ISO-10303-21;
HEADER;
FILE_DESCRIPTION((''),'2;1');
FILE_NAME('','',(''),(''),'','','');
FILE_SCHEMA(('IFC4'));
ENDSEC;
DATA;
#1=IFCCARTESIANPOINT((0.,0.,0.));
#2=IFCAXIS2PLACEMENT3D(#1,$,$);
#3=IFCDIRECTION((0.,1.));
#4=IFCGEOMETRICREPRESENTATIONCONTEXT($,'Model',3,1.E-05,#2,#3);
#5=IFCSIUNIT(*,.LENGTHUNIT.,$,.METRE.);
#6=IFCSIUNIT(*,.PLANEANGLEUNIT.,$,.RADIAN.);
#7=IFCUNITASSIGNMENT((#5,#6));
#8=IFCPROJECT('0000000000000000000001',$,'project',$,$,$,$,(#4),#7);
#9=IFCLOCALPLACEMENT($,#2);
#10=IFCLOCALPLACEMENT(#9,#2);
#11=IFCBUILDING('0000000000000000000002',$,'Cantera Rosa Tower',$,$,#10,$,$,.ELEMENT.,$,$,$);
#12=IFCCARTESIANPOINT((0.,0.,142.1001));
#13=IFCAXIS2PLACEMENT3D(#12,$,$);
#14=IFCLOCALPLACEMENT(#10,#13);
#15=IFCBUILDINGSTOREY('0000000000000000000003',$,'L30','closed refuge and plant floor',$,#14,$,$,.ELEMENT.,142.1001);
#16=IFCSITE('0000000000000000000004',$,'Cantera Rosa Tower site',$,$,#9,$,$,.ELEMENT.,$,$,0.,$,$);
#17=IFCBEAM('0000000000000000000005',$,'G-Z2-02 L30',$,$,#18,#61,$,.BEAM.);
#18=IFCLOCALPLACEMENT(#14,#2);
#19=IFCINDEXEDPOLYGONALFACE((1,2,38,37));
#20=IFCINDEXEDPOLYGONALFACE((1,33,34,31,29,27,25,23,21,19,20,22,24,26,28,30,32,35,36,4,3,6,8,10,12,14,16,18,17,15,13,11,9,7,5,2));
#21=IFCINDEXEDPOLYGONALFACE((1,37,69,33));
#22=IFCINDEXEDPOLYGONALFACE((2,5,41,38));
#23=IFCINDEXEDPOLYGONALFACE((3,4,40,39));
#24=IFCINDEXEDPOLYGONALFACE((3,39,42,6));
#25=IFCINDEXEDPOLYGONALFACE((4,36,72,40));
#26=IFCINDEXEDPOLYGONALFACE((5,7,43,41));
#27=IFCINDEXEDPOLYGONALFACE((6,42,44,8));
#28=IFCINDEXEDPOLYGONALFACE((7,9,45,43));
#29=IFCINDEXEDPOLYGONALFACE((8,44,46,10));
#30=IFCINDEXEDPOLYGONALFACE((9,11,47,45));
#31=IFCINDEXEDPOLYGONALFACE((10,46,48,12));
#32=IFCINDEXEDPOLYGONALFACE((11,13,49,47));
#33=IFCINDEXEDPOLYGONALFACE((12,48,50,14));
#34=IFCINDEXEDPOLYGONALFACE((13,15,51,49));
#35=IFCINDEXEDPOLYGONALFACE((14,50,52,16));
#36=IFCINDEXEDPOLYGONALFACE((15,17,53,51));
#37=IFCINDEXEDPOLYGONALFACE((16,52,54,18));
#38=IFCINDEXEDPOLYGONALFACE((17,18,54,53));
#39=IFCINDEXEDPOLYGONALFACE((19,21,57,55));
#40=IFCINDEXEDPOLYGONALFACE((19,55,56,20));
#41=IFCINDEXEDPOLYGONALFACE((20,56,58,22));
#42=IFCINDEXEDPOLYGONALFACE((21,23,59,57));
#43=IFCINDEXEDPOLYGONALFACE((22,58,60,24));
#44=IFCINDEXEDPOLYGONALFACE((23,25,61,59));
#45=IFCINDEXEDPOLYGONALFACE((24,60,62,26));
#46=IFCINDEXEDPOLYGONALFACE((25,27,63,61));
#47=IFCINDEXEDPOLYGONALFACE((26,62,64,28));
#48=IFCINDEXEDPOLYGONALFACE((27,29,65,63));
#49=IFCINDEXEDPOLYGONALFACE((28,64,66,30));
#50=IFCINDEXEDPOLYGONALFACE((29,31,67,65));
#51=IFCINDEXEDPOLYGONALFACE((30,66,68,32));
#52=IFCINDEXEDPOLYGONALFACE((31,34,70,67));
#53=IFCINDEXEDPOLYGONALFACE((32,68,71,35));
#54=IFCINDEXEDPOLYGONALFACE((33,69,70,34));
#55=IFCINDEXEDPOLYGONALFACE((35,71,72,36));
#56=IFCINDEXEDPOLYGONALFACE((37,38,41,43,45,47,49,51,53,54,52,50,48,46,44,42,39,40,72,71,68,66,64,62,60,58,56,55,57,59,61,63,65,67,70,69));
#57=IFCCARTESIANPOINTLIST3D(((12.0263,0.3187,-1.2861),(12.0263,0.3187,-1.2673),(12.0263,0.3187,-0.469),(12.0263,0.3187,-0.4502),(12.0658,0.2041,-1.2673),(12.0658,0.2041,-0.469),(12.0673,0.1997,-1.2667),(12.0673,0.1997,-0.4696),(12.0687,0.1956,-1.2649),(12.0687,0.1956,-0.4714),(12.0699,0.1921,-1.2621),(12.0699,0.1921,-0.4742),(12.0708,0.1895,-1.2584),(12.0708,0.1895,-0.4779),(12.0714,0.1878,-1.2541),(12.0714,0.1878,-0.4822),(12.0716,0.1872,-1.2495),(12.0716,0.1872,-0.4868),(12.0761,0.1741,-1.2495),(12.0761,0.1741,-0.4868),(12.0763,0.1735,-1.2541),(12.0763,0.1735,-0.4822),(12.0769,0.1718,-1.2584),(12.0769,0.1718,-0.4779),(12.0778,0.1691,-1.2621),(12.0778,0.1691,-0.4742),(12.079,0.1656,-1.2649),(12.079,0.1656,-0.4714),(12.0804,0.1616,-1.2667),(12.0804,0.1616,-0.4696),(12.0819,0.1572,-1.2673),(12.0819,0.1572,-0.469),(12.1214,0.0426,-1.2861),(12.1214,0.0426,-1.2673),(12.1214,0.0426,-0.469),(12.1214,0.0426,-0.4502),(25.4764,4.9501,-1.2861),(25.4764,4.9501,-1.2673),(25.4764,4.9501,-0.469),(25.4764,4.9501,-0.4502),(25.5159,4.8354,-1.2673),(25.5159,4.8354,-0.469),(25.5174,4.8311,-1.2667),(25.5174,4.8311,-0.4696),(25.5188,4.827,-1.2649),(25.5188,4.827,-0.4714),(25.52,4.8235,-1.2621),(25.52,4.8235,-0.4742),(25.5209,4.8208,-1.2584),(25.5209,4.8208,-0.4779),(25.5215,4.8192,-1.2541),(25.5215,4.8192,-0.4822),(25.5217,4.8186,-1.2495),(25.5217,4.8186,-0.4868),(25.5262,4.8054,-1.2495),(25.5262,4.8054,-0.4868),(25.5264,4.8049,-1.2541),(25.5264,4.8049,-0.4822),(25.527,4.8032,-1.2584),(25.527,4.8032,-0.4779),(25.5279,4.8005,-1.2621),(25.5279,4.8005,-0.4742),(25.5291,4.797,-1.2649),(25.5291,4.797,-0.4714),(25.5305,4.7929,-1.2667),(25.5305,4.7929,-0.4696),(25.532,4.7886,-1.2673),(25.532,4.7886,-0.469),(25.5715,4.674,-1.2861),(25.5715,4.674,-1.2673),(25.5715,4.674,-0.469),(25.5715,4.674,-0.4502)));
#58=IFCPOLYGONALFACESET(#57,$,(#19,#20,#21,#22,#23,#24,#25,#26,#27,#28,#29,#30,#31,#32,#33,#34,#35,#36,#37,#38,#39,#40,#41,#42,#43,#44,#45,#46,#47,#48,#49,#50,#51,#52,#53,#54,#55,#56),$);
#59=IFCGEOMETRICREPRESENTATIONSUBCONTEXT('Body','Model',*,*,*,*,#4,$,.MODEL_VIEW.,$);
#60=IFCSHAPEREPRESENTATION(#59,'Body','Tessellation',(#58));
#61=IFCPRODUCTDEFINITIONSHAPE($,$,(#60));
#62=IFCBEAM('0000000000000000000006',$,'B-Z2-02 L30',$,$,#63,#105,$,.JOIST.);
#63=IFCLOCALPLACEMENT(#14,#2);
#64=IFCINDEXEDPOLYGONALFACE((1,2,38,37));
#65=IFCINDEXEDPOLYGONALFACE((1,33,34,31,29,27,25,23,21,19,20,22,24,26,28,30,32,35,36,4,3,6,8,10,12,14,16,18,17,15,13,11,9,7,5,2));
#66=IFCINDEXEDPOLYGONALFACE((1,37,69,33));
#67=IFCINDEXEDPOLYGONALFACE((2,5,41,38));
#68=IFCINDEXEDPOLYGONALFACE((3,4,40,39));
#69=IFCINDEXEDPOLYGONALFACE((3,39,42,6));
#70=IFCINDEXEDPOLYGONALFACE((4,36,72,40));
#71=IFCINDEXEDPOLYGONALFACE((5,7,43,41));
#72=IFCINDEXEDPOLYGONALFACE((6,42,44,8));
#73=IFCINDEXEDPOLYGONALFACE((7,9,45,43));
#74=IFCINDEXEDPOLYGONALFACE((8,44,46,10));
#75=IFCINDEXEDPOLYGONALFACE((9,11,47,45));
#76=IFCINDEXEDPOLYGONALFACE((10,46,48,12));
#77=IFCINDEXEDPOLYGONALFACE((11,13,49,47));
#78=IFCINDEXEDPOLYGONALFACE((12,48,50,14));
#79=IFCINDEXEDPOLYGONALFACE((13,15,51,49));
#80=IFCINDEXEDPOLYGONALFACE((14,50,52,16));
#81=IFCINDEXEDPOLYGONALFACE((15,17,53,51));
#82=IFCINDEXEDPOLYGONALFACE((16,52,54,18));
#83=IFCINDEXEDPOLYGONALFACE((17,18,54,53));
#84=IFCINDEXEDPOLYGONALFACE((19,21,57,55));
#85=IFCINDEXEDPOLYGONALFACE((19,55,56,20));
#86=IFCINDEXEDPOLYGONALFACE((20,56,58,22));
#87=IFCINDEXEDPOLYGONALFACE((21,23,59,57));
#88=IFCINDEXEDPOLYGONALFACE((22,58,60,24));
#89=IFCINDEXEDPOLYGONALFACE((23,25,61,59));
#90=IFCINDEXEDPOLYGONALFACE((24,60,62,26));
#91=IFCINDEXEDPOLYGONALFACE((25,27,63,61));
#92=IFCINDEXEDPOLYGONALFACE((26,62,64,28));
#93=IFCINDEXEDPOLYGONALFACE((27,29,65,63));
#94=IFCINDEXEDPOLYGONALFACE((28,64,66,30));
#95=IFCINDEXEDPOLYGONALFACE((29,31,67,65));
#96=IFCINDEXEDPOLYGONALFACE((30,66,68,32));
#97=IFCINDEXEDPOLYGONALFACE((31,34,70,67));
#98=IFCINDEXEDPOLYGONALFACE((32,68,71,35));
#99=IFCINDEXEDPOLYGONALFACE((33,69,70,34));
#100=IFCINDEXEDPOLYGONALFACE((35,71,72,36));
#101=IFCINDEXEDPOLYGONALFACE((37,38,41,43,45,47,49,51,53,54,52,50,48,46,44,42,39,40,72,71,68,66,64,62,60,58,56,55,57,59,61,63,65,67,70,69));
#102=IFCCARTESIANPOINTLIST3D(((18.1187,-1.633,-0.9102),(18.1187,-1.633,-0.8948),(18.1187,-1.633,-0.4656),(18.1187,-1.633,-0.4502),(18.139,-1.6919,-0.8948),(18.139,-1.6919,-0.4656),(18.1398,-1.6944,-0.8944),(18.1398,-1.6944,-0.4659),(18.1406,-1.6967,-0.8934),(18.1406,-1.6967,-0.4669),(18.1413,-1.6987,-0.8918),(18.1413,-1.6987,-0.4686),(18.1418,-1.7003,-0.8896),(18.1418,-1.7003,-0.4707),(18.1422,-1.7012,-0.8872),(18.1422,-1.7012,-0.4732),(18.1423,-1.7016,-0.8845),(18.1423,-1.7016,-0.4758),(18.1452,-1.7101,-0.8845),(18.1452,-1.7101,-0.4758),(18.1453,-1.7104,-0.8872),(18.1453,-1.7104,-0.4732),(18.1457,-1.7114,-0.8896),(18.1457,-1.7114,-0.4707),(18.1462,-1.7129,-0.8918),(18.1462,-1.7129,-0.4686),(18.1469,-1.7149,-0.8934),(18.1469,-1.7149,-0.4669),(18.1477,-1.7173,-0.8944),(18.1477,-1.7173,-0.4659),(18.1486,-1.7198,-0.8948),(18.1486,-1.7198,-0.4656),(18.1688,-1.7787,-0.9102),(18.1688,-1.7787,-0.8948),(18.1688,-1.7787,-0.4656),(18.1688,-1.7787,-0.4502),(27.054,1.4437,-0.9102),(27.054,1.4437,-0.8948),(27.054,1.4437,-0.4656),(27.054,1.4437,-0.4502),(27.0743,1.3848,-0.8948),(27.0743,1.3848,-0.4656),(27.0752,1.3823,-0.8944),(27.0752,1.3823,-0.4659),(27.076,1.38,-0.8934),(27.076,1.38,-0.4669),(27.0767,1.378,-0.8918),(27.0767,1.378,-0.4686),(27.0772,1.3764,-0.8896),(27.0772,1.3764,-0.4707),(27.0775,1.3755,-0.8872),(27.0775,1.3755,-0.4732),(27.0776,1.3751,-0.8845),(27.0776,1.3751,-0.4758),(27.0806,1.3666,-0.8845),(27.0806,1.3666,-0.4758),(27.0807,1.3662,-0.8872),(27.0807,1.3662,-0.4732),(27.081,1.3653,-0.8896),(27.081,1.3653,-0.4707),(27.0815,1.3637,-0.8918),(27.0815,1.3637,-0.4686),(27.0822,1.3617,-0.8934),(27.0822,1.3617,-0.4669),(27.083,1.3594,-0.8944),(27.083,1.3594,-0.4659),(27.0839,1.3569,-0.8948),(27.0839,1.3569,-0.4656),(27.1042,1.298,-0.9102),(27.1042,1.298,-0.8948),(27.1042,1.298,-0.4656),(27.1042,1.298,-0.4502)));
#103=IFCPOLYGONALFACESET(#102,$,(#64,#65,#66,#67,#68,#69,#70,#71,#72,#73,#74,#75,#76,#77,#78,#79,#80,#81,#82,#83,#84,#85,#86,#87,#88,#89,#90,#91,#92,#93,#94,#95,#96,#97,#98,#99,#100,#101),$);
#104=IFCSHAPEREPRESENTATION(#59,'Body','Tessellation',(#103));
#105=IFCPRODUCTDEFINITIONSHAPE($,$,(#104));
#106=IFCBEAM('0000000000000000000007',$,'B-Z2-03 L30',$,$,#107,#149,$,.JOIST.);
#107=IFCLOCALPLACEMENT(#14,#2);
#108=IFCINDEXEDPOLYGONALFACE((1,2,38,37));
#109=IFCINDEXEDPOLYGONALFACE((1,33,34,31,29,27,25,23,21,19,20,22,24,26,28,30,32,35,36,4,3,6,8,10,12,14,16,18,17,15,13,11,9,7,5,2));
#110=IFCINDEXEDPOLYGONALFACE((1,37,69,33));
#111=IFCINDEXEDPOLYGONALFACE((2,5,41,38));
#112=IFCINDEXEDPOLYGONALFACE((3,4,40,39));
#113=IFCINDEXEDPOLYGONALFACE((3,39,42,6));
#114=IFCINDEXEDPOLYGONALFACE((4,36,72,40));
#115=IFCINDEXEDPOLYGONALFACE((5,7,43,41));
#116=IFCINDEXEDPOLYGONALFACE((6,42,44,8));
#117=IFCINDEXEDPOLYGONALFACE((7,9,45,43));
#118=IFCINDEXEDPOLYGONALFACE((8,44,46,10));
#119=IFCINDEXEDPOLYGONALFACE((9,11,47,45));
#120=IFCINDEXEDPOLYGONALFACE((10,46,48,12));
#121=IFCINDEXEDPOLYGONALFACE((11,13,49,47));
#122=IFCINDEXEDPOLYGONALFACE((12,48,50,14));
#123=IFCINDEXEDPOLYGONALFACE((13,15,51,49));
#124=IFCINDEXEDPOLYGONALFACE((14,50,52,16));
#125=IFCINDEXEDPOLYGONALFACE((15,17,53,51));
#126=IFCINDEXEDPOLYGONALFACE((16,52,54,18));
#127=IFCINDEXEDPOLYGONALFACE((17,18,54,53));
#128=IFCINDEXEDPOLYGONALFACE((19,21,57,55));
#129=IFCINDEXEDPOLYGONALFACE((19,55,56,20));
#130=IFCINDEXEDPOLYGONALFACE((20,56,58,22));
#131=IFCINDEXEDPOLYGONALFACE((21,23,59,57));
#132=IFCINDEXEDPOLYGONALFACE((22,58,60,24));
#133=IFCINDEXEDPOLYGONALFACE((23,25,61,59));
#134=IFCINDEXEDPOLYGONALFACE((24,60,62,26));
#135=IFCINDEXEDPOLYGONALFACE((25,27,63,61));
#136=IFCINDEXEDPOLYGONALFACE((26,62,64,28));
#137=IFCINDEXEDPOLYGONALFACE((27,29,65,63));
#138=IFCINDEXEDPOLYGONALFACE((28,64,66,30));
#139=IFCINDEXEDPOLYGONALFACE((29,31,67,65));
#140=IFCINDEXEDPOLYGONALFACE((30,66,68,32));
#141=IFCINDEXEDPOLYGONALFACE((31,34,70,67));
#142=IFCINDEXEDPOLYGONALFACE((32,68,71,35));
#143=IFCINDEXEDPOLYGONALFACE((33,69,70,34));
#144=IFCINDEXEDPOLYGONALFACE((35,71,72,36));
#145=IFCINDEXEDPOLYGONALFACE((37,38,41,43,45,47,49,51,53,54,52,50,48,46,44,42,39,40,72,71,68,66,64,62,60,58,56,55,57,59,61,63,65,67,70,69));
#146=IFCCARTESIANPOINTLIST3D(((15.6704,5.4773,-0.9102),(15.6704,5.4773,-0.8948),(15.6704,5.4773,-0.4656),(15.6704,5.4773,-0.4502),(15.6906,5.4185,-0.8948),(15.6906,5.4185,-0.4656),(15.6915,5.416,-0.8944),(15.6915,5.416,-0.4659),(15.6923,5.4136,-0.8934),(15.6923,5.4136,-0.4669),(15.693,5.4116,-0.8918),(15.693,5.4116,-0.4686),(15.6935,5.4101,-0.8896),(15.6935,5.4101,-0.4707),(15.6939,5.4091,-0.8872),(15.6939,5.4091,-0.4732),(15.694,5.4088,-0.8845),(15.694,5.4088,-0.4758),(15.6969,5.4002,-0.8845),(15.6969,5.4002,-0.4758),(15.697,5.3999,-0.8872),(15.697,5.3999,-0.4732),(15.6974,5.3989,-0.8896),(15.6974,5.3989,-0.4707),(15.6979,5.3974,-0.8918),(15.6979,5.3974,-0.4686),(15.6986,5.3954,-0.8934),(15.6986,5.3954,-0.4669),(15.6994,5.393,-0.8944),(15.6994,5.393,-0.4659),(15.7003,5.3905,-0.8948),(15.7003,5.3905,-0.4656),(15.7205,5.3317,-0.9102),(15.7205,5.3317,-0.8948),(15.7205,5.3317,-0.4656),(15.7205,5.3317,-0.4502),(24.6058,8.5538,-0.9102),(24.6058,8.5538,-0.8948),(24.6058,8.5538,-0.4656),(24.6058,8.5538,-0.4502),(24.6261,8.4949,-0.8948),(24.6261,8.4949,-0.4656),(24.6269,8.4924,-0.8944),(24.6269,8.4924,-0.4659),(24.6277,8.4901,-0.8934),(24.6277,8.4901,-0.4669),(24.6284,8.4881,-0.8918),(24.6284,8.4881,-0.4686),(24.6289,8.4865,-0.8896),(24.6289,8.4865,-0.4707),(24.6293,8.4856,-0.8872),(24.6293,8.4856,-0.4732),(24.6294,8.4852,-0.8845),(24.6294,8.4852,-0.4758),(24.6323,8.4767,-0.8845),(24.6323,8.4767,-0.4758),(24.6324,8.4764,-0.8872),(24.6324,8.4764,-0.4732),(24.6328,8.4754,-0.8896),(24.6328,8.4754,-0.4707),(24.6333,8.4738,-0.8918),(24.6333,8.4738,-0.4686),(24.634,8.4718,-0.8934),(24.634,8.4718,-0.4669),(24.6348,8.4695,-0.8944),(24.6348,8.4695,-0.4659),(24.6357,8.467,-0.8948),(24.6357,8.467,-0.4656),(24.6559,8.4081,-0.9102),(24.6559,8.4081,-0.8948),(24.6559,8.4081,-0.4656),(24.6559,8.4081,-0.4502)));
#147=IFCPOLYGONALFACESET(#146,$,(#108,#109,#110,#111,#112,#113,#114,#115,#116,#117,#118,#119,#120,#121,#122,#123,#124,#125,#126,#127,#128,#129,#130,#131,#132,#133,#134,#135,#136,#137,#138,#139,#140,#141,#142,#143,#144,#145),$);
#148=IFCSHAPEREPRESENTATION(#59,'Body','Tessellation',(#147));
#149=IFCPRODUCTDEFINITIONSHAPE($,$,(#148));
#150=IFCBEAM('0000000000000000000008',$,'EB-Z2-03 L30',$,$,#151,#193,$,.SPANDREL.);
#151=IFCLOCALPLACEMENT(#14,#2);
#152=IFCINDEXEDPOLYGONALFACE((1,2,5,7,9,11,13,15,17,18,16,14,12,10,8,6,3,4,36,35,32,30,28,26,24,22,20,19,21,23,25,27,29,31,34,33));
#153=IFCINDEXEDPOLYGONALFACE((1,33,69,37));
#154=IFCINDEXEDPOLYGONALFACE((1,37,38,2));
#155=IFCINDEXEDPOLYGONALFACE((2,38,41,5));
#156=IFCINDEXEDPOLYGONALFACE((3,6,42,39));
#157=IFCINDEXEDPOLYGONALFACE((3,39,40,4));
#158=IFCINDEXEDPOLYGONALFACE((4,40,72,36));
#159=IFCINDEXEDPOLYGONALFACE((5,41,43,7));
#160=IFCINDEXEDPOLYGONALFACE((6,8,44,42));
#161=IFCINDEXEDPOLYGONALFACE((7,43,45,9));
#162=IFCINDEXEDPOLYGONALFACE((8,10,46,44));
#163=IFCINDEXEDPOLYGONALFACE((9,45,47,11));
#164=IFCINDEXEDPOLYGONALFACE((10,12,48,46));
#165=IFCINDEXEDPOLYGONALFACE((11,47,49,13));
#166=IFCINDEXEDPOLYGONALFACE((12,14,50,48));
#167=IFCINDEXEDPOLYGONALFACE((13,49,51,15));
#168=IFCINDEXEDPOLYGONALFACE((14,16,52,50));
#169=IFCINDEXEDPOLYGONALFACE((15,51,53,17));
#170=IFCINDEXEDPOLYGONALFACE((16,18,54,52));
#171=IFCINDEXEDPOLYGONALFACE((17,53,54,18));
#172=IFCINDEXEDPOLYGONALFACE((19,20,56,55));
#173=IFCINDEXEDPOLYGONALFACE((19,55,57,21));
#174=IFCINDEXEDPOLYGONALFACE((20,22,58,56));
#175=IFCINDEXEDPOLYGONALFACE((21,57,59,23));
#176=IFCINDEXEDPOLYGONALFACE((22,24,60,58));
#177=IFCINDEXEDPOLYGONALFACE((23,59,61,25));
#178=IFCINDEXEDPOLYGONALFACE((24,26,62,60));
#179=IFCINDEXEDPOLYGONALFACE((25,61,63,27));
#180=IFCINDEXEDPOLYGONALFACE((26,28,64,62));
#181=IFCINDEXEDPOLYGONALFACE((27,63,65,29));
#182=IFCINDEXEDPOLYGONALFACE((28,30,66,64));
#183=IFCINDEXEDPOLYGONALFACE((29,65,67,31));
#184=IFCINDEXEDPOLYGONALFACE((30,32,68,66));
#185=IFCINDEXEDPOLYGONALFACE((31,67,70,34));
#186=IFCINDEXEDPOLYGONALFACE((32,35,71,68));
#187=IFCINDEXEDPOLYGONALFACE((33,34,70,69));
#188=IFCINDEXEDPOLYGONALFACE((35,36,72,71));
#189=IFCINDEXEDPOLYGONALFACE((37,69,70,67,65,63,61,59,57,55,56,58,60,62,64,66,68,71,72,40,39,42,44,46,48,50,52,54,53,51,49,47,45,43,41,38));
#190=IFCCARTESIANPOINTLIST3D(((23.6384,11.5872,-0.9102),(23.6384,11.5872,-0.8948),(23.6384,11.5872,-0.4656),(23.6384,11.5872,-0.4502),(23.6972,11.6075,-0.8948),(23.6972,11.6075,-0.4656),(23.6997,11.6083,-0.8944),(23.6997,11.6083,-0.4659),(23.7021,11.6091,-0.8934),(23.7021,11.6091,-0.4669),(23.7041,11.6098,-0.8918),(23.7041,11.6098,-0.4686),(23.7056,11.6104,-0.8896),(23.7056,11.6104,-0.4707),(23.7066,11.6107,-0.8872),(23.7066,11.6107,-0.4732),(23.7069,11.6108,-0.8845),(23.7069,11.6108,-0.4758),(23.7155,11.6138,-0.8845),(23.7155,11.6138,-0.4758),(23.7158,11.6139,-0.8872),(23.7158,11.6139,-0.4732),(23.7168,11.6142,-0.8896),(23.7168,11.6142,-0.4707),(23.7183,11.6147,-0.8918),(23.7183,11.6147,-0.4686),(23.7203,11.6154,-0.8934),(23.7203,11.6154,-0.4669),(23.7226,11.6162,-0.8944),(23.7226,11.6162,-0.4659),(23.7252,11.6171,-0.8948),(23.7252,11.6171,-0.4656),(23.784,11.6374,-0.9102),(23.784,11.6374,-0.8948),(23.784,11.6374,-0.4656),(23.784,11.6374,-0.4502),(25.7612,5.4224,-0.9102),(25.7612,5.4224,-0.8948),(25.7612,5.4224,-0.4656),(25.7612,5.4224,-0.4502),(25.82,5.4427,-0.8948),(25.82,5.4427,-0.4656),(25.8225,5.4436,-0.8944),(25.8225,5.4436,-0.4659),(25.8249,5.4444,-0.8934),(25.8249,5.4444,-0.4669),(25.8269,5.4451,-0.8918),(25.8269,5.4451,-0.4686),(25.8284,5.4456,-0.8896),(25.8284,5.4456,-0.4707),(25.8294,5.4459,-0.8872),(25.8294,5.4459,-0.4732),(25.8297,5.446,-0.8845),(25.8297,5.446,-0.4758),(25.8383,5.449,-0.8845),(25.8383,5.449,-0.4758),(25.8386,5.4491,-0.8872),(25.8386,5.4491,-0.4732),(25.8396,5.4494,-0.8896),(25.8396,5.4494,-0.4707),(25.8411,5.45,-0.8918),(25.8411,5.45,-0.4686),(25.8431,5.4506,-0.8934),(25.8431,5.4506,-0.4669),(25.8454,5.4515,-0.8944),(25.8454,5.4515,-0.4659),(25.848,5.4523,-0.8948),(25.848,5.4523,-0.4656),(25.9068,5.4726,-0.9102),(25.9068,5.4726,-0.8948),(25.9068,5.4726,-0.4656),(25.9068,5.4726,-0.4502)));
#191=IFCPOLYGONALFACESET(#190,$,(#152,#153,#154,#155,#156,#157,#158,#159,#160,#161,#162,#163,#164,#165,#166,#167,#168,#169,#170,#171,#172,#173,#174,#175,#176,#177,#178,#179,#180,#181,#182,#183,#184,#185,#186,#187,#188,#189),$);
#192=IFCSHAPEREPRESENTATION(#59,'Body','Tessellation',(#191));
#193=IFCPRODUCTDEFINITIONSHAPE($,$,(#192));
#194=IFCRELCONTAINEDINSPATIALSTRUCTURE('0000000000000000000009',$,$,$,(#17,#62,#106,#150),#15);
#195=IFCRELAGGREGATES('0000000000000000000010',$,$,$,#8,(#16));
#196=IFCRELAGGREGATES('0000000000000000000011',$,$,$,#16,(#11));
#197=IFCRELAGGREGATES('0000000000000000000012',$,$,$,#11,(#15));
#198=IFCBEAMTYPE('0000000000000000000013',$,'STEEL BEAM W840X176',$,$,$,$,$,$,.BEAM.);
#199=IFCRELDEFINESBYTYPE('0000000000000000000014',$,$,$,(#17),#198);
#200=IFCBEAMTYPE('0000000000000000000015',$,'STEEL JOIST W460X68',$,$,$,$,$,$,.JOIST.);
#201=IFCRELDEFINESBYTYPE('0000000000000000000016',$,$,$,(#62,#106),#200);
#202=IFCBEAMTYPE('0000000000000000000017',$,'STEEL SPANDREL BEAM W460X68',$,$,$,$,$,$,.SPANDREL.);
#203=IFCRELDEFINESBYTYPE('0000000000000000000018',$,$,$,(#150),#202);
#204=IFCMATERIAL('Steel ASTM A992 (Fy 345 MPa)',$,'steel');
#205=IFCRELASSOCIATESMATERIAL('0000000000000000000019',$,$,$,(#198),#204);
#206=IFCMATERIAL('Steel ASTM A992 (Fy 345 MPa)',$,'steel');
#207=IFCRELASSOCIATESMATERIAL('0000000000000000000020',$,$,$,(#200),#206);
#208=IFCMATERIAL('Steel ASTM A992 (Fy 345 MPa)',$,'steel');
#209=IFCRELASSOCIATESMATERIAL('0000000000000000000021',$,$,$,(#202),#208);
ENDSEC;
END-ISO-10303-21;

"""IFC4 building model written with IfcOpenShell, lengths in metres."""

from ifc_helpers import new_model, si_unit, direction, frame, origin, origin_2d, place, context, subcontext, project, spatial, i_section, extrude, material, material_profile, profile_set, type_object, element, save


model = new_model("IFC4")

# Units and contexts
model_context = context("Model", 3, precision=1e-05, world=origin(), true_north=direction((0.0, 1.0)))
body_context = subcontext(model_context, "Body", "Model", "MODEL_VIEW")
ifc_project = project(units=[si_unit("LENGTHUNIT", "METRE"), si_unit("PLANEANGLEUNIT", "RADIAN")], contexts=[model_context])

# Site, building, storey
site_placement = place(None, origin())
site = spatial("IfcSite", under=ifc_project, at=site_placement, Name="Cantera Rosa Tower site", CompositionType="ELEMENT", RefElevation=0.0)
building_placement = place(site_placement, origin())
building = spatial("IfcBuilding", under=site, at=building_placement, Name="Cantera Rosa Tower", CompositionType="ELEMENT")
storey_placement = place(building_placement, frame((0.0, 0.0, 142.1001)))
storey = spatial("IfcBuildingStorey", under=building, at=storey_placement, Name="L30", Description="closed refuge and plant floor", CompositionType="ELEMENT", Elevation=142.1001)

# Beams
ifc_material_1 = material(Name="Steel ASTM A992 (Fy 345 MPa)", Category="steel")
ifc_material_profile_1 = material_profile(ifc_material_1, i_section(OverallWidth=0.292, OverallDepth=0.8359, WebThickness=0.0139, FlangeThickness=0.0188, FilletRadius=0.0178, at=origin_2d()), Name="W840X176")
ifc_profile_set_1 = profile_set([ifc_material_profile_1], Name="Steel ASTM A992 (Fy 345 MPa)")
beam_type_1 = type_object("IfcBeamType", Name="STEEL BEAM W840X176", PredefinedType="BEAM", material=ifc_profile_set_1)
beam_1_placement = place(storey_placement, frame((25.5239, 4.812, -0.8682), z_axis=(-0.945515, -0.325578, 0.0), x_axis=(0.325578, -0.945515, 0.0)))
element("IfcBeam", 1, at=beam_1_placement, inside=storey, type_object=beam_type_1, Name="G-Z2-02 L30", PredefinedType="BEAM", context=body_context, shape_type="SweptSolid", body=[
    extrude(i_section(OverallWidth=0.292, OverallDepth=0.8359, WebThickness=0.0139, FlangeThickness=0.0188, FilletRadius=0.0178, at=origin_2d()), origin(), (0.0, 0.0, 1.0), 14.2251),
])
ifc_material_2 = material(Name="Steel ASTM A992 (Fy 345 MPa)", Category="steel")
ifc_material_profile_2 = material_profile(ifc_material_2, i_section(OverallWidth=0.1541, OverallDepth=0.46, WebThickness=0.009, FlangeThickness=0.0154, FilletRadius=0.0103, at=origin_2d()), Name="W460X68")
ifc_profile_set_2 = profile_set([ifc_material_profile_2], Name="Steel ASTM A992 (Fy 345 MPa)")
beam_type_2 = type_object("IfcBeamType", Name="STEEL JOIST W460X68", PredefinedType="JOIST", material=ifc_profile_set_2)
for number, where, z_axis, x_axis, name in (
    (2, (27.0791, 1.3708, -0.6802), (-0.945519, -0.325567, 0.0), (0.325567, -0.945519, 0.0), "B-Z2-02 L30"),
    (3, (24.6309, 8.481, -0.6802), (-0.945527, -0.325544, 0.0), (0.325544, -0.945527, 0.0), "B-Z2-03 L30"),
):
    element("IfcBeam", number, at=place(storey_placement, frame(where, z_axis=z_axis, x_axis=x_axis)), inside=storey, type_object=beam_type_2, Name=name, PredefinedType="JOIST", context=body_context, shape_type="SweptSolid", body=[
        extrude(i_section(OverallWidth=0.1541, OverallDepth=0.46, WebThickness=0.009, FlangeThickness=0.0154, FilletRadius=0.0103, at=origin_2d()), origin(), (0.0, 0.0, 1.0), 9.4502),
    ])
ifc_material_3 = material(Name="Steel ASTM A992 (Fy 345 MPa)", Category="steel")
ifc_material_profile_3 = material_profile(ifc_material_3, i_section(OverallWidth=0.1541, OverallDepth=0.46, WebThickness=0.009, FlangeThickness=0.0154, FilletRadius=0.0103, at=origin_2d()), Name="W460X68")
ifc_profile_set_3 = profile_set([ifc_material_profile_3], Name="Steel ASTM A992 (Fy 345 MPa)")
beam_type_3 = type_object("IfcBeamType", Name="STEEL SPANDREL BEAM W460X68", PredefinedType="SPANDREL", material=ifc_profile_set_3)
beam_2_placement = place(storey_placement, frame((25.834, 5.4475, -0.6802), z_axis=(-0.325581, 0.945514, 0.0), x_axis=(-0.945514, -0.325581, 0.0)))
element("IfcBeam", 4, at=beam_2_placement, inside=storey, type_object=beam_type_3, Name="EB-Z2-03 L30", PredefinedType="SPANDREL", context=body_context, shape_type="SweptSolid", body=[
    extrude(i_section(OverallWidth=0.1541, OverallDepth=0.46, WebThickness=0.009, FlangeThickness=0.0154, FilletRadius=0.0103, at=origin_2d()), origin(), (0.0, 0.0, 1.0), 6.52),
])

save(model, "model.ifc")
